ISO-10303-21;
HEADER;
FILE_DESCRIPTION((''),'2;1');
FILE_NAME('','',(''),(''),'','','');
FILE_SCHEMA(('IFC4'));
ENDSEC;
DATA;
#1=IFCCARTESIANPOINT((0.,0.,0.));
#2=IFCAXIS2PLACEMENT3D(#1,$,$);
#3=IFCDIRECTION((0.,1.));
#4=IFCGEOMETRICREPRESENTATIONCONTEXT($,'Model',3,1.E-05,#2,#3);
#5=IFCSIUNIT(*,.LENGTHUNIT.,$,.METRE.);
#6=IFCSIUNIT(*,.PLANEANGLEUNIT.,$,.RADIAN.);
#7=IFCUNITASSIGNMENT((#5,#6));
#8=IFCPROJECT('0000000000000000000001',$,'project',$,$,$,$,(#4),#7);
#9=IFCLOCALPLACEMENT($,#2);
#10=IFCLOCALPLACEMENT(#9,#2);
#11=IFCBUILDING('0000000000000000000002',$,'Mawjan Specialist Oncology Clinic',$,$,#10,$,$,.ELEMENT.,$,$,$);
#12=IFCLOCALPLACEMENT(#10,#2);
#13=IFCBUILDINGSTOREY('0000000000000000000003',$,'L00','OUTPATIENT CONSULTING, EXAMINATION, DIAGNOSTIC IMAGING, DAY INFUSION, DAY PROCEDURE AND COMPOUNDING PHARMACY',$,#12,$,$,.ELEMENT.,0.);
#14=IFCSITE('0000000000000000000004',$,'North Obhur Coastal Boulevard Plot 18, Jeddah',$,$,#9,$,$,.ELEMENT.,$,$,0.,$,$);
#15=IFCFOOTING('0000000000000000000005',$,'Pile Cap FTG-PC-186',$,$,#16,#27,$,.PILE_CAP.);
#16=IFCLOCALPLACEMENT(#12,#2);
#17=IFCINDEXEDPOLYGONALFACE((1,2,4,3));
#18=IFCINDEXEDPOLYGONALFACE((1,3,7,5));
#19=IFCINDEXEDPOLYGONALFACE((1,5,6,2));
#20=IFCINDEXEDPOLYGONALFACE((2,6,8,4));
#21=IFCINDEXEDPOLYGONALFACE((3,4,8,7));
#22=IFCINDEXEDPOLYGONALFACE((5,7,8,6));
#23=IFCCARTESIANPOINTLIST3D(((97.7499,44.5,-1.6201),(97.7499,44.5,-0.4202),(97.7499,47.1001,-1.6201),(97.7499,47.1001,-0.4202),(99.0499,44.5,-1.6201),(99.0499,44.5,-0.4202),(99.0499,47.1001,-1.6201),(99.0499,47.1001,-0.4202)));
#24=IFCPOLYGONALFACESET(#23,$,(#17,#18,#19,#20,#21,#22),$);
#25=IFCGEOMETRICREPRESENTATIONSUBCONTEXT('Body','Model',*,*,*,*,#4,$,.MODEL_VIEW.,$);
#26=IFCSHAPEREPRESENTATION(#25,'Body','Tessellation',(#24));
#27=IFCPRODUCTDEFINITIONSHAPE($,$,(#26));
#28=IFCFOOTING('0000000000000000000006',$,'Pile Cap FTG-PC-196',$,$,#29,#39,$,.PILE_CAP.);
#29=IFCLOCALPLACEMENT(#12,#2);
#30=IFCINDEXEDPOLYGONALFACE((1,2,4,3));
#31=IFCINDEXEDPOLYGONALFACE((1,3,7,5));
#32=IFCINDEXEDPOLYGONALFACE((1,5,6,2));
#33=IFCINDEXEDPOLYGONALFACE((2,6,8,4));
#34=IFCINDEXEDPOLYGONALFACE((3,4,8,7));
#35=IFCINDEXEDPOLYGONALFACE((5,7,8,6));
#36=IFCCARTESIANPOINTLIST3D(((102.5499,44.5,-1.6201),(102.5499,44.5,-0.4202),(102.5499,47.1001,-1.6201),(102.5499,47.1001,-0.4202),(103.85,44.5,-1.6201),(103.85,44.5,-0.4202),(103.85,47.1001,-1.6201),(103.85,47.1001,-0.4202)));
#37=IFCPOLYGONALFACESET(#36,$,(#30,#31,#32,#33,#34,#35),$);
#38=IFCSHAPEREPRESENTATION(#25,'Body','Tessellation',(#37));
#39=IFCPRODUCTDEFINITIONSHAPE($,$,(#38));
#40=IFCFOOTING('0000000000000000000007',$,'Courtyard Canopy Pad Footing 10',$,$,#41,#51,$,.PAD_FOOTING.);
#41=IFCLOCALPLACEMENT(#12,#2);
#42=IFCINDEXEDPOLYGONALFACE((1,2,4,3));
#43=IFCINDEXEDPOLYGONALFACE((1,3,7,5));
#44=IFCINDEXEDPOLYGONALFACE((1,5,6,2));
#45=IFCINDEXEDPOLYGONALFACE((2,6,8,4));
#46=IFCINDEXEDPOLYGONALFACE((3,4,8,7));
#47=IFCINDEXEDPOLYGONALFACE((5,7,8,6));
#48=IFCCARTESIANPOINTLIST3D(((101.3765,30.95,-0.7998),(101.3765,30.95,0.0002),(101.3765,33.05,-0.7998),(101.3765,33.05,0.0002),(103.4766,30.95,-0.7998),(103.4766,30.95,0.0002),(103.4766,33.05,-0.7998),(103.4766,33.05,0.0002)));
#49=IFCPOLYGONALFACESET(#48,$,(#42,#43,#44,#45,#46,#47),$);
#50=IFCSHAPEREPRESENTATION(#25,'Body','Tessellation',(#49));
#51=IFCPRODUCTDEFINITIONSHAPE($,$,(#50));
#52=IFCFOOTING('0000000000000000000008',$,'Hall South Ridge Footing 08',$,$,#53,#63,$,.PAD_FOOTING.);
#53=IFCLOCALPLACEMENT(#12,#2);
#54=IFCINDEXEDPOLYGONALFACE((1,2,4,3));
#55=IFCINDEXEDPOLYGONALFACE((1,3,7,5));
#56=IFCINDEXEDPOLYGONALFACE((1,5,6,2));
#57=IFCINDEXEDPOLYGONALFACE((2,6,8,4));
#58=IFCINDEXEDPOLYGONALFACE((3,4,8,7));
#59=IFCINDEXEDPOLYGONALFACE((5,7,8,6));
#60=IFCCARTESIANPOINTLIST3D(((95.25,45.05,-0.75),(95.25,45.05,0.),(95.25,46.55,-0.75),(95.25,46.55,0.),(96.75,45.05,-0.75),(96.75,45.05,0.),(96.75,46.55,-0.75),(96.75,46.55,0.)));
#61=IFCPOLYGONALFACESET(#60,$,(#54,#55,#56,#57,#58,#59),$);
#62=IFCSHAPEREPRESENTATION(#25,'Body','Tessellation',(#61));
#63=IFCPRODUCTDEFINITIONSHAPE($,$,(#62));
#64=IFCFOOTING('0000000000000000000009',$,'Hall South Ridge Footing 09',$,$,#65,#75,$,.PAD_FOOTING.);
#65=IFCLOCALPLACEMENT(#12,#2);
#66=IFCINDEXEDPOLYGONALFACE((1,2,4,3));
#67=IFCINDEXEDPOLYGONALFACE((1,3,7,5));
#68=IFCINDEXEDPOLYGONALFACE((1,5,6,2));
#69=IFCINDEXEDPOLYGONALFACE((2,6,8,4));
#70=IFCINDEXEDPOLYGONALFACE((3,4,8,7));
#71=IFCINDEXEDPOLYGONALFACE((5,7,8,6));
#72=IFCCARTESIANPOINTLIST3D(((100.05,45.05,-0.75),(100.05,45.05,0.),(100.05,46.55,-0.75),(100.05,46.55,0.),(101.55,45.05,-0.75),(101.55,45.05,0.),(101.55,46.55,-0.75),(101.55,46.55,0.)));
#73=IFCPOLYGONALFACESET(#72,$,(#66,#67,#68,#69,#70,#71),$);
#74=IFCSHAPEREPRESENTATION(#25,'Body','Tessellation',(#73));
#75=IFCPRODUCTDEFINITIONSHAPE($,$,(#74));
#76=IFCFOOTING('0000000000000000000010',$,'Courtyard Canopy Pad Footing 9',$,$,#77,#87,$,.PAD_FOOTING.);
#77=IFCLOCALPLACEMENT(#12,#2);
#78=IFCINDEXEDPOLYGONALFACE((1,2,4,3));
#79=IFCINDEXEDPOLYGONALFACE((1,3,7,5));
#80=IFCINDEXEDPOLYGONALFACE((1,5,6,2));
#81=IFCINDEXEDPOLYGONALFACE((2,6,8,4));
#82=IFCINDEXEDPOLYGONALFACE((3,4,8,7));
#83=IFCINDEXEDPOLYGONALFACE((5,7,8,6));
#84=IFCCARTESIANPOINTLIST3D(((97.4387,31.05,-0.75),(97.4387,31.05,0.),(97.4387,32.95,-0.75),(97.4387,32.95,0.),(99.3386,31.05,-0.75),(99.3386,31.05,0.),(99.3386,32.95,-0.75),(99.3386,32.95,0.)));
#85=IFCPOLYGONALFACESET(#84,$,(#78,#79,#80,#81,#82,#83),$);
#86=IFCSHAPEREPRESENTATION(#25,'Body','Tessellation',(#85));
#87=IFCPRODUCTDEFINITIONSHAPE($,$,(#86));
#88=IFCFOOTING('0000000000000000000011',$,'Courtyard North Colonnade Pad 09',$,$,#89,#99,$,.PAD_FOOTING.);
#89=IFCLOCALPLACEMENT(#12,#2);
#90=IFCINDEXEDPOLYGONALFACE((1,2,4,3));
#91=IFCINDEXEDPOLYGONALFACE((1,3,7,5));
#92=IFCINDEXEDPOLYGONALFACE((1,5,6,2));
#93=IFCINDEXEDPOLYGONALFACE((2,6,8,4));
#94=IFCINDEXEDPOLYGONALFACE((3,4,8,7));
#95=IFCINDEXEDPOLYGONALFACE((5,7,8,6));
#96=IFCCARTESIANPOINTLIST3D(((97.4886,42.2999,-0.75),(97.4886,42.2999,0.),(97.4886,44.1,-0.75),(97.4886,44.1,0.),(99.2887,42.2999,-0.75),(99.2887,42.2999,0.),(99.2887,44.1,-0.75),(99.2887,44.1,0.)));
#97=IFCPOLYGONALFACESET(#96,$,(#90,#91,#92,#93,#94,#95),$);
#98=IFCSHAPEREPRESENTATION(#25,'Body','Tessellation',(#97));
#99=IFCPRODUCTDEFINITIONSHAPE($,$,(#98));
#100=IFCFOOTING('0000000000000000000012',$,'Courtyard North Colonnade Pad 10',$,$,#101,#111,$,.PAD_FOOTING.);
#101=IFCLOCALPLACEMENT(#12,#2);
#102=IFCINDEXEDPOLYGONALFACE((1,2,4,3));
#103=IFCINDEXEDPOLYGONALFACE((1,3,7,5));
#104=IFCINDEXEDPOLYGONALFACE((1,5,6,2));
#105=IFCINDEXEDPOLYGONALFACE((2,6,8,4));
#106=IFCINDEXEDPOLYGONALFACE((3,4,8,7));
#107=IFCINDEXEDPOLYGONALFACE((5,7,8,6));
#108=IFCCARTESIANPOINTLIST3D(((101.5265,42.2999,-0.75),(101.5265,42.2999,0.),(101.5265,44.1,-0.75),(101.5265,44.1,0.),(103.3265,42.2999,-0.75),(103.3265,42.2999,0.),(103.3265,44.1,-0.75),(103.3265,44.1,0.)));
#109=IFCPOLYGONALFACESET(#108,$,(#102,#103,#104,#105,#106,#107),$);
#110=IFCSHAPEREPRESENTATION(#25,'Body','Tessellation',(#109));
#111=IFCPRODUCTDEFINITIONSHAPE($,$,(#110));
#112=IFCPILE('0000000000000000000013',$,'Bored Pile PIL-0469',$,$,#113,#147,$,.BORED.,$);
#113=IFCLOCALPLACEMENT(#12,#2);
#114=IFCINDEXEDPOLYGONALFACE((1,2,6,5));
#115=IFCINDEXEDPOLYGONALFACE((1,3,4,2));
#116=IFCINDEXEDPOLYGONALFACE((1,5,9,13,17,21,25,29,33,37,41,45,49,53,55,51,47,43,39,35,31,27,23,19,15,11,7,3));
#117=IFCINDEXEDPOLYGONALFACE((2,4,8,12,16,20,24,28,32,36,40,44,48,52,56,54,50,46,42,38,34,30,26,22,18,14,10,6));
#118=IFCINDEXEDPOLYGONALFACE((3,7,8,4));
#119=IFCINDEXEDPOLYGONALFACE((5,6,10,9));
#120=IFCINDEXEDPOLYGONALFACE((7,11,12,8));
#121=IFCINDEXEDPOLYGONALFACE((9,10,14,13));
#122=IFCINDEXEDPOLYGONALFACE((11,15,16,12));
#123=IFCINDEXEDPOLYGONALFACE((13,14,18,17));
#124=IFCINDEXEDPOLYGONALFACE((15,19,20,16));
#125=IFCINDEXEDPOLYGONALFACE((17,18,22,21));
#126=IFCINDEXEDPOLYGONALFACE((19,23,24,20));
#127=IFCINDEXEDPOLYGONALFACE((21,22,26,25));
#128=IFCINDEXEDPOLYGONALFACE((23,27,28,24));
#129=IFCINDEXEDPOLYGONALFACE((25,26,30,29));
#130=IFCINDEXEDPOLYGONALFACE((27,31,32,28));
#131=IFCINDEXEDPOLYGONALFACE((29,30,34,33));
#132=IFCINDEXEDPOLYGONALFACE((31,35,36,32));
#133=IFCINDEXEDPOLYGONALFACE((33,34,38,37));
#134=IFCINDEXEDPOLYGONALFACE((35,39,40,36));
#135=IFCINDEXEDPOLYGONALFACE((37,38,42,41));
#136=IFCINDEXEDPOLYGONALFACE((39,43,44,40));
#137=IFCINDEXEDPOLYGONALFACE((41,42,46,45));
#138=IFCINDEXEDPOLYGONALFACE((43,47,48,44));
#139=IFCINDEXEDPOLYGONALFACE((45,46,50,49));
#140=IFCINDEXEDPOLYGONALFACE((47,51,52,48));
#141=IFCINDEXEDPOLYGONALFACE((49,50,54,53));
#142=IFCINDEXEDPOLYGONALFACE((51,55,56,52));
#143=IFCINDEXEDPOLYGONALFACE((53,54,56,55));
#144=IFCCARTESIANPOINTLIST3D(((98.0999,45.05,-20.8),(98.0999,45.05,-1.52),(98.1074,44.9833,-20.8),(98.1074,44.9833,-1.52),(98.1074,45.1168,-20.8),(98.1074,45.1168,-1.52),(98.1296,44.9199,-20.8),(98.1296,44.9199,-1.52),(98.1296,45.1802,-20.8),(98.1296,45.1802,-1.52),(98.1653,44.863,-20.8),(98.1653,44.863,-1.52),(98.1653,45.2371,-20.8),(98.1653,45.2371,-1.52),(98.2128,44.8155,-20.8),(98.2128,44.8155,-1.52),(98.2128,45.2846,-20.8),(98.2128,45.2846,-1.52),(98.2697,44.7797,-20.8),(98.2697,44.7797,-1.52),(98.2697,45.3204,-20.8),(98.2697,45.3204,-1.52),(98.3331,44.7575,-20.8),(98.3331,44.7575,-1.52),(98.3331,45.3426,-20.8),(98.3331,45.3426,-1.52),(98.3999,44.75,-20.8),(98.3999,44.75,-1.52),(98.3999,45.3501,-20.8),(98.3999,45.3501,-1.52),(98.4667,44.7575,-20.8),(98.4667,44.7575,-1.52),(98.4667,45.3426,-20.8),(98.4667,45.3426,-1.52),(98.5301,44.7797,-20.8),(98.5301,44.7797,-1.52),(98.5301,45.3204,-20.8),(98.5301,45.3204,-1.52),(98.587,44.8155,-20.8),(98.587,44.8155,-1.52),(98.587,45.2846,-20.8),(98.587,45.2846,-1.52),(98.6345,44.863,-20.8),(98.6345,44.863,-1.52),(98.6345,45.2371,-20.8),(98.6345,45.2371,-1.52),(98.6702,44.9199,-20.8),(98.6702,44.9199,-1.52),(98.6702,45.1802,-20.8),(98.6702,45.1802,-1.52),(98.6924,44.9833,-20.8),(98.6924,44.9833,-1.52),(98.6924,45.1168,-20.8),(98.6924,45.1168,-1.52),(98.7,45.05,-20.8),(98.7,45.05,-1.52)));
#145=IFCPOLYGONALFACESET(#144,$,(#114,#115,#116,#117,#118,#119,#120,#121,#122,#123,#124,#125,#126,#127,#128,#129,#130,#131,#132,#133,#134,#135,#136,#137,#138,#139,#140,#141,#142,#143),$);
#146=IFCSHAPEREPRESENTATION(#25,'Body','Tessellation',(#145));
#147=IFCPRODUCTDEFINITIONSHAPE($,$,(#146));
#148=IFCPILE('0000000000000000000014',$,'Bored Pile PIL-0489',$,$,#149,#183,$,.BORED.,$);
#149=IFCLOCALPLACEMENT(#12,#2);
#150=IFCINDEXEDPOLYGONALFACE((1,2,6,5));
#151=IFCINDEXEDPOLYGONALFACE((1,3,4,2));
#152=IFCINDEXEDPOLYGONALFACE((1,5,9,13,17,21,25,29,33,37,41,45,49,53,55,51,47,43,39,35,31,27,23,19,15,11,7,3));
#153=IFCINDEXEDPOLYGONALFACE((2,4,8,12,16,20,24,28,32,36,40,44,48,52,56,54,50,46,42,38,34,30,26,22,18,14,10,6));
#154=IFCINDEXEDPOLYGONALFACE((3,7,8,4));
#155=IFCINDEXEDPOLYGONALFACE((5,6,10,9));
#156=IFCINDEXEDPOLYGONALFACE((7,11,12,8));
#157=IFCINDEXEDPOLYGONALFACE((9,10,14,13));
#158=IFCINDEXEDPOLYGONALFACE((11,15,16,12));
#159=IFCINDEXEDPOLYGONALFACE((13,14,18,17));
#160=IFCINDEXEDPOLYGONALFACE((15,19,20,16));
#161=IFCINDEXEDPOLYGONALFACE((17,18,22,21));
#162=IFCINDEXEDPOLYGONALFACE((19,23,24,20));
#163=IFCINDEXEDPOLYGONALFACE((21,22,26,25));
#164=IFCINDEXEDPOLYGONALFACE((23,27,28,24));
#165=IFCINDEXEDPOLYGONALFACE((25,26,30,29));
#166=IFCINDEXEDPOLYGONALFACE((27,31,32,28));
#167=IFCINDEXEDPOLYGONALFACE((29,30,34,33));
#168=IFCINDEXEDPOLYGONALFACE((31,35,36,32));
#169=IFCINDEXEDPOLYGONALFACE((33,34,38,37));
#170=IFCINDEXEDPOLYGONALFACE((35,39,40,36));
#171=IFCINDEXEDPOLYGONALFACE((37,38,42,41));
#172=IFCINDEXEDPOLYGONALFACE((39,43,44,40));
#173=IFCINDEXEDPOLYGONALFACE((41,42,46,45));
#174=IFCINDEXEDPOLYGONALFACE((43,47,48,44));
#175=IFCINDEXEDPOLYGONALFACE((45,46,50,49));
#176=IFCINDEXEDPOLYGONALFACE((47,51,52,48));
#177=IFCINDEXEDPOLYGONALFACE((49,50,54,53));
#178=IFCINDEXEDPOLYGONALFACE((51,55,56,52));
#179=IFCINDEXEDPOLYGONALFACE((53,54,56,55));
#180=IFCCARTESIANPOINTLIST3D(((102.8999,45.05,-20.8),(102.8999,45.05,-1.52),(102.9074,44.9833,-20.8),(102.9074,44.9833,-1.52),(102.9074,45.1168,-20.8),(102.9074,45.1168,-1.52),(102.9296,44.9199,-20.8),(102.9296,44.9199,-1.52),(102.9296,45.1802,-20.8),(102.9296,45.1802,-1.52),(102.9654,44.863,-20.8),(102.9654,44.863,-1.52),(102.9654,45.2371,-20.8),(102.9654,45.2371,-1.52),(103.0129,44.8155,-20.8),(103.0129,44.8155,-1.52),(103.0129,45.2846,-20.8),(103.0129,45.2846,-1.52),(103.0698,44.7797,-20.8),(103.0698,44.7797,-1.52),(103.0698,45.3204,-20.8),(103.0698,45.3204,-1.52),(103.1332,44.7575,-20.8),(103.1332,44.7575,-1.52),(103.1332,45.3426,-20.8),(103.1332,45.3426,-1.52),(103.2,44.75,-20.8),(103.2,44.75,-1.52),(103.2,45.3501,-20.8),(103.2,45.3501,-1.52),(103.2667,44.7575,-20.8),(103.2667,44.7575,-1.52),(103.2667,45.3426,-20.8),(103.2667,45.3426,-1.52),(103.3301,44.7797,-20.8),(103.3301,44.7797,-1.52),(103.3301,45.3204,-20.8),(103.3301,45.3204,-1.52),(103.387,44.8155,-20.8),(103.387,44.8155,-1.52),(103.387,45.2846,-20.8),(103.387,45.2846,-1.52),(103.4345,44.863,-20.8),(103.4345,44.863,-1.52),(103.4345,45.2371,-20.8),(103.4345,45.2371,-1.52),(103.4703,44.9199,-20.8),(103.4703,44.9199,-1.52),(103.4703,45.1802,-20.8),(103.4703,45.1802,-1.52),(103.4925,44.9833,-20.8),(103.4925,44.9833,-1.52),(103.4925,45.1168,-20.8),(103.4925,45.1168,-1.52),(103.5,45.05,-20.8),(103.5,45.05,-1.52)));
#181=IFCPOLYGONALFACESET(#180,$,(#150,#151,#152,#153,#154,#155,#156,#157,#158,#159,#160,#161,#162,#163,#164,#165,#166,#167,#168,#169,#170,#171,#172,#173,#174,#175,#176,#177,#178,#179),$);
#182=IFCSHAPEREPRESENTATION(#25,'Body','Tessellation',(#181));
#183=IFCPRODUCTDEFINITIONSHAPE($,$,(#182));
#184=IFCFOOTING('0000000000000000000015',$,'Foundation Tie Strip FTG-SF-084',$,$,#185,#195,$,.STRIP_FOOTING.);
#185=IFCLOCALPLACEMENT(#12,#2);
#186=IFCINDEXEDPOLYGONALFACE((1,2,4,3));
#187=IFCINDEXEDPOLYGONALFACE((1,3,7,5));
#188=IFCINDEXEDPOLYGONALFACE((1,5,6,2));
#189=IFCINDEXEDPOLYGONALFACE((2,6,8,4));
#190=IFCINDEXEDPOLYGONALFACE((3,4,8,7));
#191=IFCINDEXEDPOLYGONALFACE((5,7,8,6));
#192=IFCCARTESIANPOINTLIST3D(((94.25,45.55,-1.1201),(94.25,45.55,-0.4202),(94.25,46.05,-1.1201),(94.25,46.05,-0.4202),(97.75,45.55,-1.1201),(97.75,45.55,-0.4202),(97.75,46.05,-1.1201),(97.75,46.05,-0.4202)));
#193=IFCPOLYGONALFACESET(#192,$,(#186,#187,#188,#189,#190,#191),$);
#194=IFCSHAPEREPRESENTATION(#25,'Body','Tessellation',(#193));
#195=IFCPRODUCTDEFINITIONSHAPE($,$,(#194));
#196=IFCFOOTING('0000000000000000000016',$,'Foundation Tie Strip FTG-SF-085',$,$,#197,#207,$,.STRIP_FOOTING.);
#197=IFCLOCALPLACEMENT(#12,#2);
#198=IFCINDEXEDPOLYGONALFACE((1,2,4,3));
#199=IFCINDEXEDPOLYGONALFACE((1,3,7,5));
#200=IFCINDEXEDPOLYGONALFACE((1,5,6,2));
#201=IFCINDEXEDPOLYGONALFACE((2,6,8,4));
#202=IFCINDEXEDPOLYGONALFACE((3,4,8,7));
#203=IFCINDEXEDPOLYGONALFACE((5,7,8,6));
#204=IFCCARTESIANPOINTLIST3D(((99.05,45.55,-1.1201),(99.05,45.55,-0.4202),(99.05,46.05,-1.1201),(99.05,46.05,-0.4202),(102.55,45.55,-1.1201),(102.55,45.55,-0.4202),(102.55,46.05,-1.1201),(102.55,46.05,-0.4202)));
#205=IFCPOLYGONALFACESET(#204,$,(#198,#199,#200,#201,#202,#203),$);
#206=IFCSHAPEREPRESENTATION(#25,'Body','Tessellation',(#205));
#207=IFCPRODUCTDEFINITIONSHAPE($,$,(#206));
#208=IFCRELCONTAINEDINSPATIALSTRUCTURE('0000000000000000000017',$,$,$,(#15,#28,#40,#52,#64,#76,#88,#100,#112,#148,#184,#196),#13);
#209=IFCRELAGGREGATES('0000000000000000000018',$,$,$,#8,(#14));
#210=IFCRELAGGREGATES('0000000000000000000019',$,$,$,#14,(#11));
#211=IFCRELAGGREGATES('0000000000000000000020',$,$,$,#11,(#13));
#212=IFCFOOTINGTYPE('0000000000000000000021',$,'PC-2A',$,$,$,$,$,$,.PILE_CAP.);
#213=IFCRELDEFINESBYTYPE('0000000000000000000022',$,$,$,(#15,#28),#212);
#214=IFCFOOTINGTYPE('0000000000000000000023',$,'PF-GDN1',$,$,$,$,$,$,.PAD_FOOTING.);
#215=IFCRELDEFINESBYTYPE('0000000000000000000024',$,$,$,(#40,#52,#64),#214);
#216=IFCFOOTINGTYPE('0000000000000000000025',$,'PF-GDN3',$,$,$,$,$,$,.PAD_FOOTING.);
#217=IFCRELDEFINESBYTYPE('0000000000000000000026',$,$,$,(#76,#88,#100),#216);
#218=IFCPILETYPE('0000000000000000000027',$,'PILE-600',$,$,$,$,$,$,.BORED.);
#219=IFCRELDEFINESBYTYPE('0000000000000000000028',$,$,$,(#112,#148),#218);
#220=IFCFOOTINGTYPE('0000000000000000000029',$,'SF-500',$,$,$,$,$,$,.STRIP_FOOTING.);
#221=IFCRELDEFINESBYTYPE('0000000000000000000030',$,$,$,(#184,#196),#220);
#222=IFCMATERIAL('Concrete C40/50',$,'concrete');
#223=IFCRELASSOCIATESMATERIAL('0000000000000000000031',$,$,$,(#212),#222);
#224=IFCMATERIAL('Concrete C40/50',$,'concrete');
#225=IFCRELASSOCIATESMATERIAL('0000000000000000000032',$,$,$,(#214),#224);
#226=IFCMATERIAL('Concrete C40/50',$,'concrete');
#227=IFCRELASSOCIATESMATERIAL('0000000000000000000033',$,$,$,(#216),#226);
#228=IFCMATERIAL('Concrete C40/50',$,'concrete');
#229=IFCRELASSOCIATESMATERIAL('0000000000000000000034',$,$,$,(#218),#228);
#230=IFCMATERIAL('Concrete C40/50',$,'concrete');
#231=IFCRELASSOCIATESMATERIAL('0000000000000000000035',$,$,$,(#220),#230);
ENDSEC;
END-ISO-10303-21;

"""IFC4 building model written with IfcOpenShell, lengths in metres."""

from ifc_helpers import new_model, si_unit, direction, frame, origin, origin_2d, place, context, subcontext, project, spatial, rectangle, circle, extrude, material, material_profile, profile_set, type_object, element, save


model = new_model("IFC4")

# Units and contexts
model_context = context("Model", 3, precision=1e-05, world=origin(), true_north=direction((0.0, 1.0)))
body_context = subcontext(model_context, "Body", "Model", "MODEL_VIEW")
ifc_project = project(units=[si_unit("LENGTHUNIT", "METRE"), si_unit("PLANEANGLEUNIT", "RADIAN")], contexts=[model_context])

# Site, building, storey
site_placement = place(None, origin())
site = spatial("IfcSite", under=ifc_project, at=site_placement, Name="North Obhur Coastal Boulevard Plot 18, Jeddah", CompositionType="ELEMENT", RefElevation=0.0)
building_placement = place(site_placement, origin())
building = spatial("IfcBuilding", under=site, at=building_placement, Name="Mawjan Specialist Oncology Clinic", CompositionType="ELEMENT")
storey_placement = place(building_placement, origin())
storey = spatial("IfcBuildingStorey", under=building, at=storey_placement, Name="L00", Description="OUTPATIENT CONSULTING, EXAMINATION, DIAGNOSTIC IMAGING, DAY INFUSION, DAY PROCEDURE AND COMPOUNDING PHARMACY", CompositionType="ELEMENT", Elevation=0.0)

# Footings
ifc_material_1 = material(Name="Concrete C40/50", Category="concrete")
footing_type_1 = type_object("IfcFootingType", Name="PC-2A", PredefinedType="PILE_CAP", material=ifc_material_1)
for number, where, z_axis, x_axis, name in (
    (1, (98.3999, 45.8, -1.6201), (0.0, 0.0, 1.0), (0.0, 1.0, 0.0), "Pile Cap FTG-PC-186"),
    (2, (103.2, 45.8, -1.6201), (0.0, 0.0, 1.0), (0.0, 1.0, 0.0), "Pile Cap FTG-PC-196"),
):
    element("IfcFooting", number, at=place(storey_placement, frame(where, z_axis=z_axis, x_axis=x_axis)), inside=storey, type_object=footing_type_1, Name=name, PredefinedType="PILE_CAP", context=body_context, shape_type="SweptSolid", body=[
        extrude(rectangle(XDim=2.6001, YDim=1.3, at=origin_2d()), origin(), (0.0, 0.0, 1.0), 1.2),
    ])
ifc_material_2 = material(Name="Concrete C40/50", Category="concrete")
footing_type_2 = type_object("IfcFootingType", Name="PF-GDN1", PredefinedType="PAD_FOOTING", material=ifc_material_2)
footing_1_placement = place(storey_placement, frame((102.4265, 32.0, -0.7998), z_axis=(0.0, 0.0, 1.0), x_axis=(1.0, 0.0, 0.0)))
element("IfcFooting", 3, at=footing_1_placement, inside=storey, type_object=footing_type_2, Name="Courtyard Canopy Pad Footing 10", PredefinedType="PAD_FOOTING", context=body_context, shape_type="SweptSolid", body=[
    extrude(rectangle(XDim=2.1001, YDim=2.1001, at=origin_2d()), origin(), (0.0, 0.0, 1.0), 0.8),
])
for number, where, z_axis, x_axis, name in (
    (4, (96.0, 45.8, -0.75), (0.0, 0.0, 1.0), (1.0, 0.0, 0.0), "Hall South Ridge Footing 08"),
    (5, (100.8, 45.8, -0.75), (0.0, 0.0, 1.0), (1.0, 0.0, 0.0), "Hall South Ridge Footing 09"),
):
    element("IfcFooting", number, at=place(storey_placement, frame(where, z_axis=z_axis, x_axis=x_axis)), inside=storey, type_object=footing_type_2, Name=name, PredefinedType="PAD_FOOTING", context=body_context, shape_type="SweptSolid", body=[
        extrude(rectangle(XDim=1.5, YDim=1.5, at=origin_2d()), origin(), (0.0, 0.0, 1.0), 0.75),
    ])
ifc_material_3 = material(Name="Concrete C40/50", Category="concrete")
footing_type_3 = type_object("IfcFootingType", Name="PF-GDN3", PredefinedType="PAD_FOOTING", material=ifc_material_3)
footing_2_placement = place(storey_placement, frame((98.3887, 32.0, -0.75), z_axis=(0.0, 0.0, 1.0), x_axis=(1.0, 0.0, 0.0)))
element("IfcFooting", 6, at=footing_2_placement, inside=storey, type_object=footing_type_3, Name="Courtyard Canopy Pad Footing 9", PredefinedType="PAD_FOOTING", context=body_context, shape_type="SweptSolid", body=[
    extrude(rectangle(XDim=1.8999, YDim=1.8999, at=origin_2d()), origin(), (0.0, 0.0, 1.0), 0.75),
])
for number, where, z_axis, x_axis, name in (
    (7, (98.3887, 43.2, -0.75), (0.0, 0.0, 1.0), (1.0, 0.0, 0.0), "Courtyard North Colonnade Pad 09"),
    (8, (102.4265, 43.2, -0.75), (0.0, 0.0, 1.0), (1.0, 0.0, 0.0), "Courtyard North Colonnade Pad 10"),
):
    element("IfcFooting", number, at=place(storey_placement, frame(where, z_axis=z_axis, x_axis=x_axis)), inside=storey, type_object=footing_type_3, Name=name, PredefinedType="PAD_FOOTING", context=body_context, shape_type="SweptSolid", body=[
        extrude(rectangle(XDim=1.8, YDim=1.8, at=origin_2d()), origin(), (0.0, 0.0, 1.0), 0.75),
    ])

# Piles
ifc_material_4 = material(Name="Concrete C40/50", Category="concrete")
ifc_material_profile_1 = material_profile(ifc_material_4, circle(Radius=0.3, at=origin_2d()), Name="BORED PILE D600", Category="concrete")
ifc_profile_set_1 = profile_set([ifc_material_profile_1], Name="Concrete C40/50")
pile_type = type_object("IfcPileType", Name="PILE-600", PredefinedType="BORED", material=ifc_profile_set_1)
for number, where, z_axis, x_axis, name in (
    (9, (98.3999, 45.05, -1.52), (0.0, 0.0, -1.0), (1.0, 0.0, 0.0), "Bored Pile PIL-0469"),
    (10, (103.2, 45.05, -1.52), (0.0, 0.0, -1.0), (1.0, 0.0, 0.0), "Bored Pile PIL-0489"),
):
    element("IfcPile", number, at=place(storey_placement, frame(where, z_axis=z_axis, x_axis=x_axis)), inside=storey, type_object=pile_type, Name=name, PredefinedType="BORED", context=body_context, shape_type="SweptSolid", body=[
        extrude(circle(Radius=0.3, at=origin_2d()), origin(), (0.0, 0.0, 1.0), 19.28),
    ])

# Footings
ifc_material_5 = material(Name="Concrete C40/50", Category="concrete")
footing_type_4 = type_object("IfcFootingType", Name="SF-500", PredefinedType="STRIP_FOOTING", material=ifc_material_5)
for number, where, z_axis, x_axis, name in (
    (11, (96.0, 45.8, -1.1201), (0.0, 0.0, 1.0), (1.0, 0.0, 0.0), "Foundation Tie Strip FTG-SF-084"),
    (12, (100.8, 45.8, -1.1201), (0.0, 0.0, 1.0), (1.0, 0.0, 0.0), "Foundation Tie Strip FTG-SF-085"),
):
    element("IfcFooting", number, at=place(storey_placement, frame(where, z_axis=z_axis, x_axis=x_axis)), inside=storey, type_object=footing_type_4, Name=name, PredefinedType="STRIP_FOOTING", context=body_context, shape_type="SweptSolid", body=[
        extrude(rectangle(XDim=3.5, YDim=0.5, at=origin_2d()), origin(), (0.0, 0.0, 1.0), 0.7),
    ])

save(model, "model.ifc")
